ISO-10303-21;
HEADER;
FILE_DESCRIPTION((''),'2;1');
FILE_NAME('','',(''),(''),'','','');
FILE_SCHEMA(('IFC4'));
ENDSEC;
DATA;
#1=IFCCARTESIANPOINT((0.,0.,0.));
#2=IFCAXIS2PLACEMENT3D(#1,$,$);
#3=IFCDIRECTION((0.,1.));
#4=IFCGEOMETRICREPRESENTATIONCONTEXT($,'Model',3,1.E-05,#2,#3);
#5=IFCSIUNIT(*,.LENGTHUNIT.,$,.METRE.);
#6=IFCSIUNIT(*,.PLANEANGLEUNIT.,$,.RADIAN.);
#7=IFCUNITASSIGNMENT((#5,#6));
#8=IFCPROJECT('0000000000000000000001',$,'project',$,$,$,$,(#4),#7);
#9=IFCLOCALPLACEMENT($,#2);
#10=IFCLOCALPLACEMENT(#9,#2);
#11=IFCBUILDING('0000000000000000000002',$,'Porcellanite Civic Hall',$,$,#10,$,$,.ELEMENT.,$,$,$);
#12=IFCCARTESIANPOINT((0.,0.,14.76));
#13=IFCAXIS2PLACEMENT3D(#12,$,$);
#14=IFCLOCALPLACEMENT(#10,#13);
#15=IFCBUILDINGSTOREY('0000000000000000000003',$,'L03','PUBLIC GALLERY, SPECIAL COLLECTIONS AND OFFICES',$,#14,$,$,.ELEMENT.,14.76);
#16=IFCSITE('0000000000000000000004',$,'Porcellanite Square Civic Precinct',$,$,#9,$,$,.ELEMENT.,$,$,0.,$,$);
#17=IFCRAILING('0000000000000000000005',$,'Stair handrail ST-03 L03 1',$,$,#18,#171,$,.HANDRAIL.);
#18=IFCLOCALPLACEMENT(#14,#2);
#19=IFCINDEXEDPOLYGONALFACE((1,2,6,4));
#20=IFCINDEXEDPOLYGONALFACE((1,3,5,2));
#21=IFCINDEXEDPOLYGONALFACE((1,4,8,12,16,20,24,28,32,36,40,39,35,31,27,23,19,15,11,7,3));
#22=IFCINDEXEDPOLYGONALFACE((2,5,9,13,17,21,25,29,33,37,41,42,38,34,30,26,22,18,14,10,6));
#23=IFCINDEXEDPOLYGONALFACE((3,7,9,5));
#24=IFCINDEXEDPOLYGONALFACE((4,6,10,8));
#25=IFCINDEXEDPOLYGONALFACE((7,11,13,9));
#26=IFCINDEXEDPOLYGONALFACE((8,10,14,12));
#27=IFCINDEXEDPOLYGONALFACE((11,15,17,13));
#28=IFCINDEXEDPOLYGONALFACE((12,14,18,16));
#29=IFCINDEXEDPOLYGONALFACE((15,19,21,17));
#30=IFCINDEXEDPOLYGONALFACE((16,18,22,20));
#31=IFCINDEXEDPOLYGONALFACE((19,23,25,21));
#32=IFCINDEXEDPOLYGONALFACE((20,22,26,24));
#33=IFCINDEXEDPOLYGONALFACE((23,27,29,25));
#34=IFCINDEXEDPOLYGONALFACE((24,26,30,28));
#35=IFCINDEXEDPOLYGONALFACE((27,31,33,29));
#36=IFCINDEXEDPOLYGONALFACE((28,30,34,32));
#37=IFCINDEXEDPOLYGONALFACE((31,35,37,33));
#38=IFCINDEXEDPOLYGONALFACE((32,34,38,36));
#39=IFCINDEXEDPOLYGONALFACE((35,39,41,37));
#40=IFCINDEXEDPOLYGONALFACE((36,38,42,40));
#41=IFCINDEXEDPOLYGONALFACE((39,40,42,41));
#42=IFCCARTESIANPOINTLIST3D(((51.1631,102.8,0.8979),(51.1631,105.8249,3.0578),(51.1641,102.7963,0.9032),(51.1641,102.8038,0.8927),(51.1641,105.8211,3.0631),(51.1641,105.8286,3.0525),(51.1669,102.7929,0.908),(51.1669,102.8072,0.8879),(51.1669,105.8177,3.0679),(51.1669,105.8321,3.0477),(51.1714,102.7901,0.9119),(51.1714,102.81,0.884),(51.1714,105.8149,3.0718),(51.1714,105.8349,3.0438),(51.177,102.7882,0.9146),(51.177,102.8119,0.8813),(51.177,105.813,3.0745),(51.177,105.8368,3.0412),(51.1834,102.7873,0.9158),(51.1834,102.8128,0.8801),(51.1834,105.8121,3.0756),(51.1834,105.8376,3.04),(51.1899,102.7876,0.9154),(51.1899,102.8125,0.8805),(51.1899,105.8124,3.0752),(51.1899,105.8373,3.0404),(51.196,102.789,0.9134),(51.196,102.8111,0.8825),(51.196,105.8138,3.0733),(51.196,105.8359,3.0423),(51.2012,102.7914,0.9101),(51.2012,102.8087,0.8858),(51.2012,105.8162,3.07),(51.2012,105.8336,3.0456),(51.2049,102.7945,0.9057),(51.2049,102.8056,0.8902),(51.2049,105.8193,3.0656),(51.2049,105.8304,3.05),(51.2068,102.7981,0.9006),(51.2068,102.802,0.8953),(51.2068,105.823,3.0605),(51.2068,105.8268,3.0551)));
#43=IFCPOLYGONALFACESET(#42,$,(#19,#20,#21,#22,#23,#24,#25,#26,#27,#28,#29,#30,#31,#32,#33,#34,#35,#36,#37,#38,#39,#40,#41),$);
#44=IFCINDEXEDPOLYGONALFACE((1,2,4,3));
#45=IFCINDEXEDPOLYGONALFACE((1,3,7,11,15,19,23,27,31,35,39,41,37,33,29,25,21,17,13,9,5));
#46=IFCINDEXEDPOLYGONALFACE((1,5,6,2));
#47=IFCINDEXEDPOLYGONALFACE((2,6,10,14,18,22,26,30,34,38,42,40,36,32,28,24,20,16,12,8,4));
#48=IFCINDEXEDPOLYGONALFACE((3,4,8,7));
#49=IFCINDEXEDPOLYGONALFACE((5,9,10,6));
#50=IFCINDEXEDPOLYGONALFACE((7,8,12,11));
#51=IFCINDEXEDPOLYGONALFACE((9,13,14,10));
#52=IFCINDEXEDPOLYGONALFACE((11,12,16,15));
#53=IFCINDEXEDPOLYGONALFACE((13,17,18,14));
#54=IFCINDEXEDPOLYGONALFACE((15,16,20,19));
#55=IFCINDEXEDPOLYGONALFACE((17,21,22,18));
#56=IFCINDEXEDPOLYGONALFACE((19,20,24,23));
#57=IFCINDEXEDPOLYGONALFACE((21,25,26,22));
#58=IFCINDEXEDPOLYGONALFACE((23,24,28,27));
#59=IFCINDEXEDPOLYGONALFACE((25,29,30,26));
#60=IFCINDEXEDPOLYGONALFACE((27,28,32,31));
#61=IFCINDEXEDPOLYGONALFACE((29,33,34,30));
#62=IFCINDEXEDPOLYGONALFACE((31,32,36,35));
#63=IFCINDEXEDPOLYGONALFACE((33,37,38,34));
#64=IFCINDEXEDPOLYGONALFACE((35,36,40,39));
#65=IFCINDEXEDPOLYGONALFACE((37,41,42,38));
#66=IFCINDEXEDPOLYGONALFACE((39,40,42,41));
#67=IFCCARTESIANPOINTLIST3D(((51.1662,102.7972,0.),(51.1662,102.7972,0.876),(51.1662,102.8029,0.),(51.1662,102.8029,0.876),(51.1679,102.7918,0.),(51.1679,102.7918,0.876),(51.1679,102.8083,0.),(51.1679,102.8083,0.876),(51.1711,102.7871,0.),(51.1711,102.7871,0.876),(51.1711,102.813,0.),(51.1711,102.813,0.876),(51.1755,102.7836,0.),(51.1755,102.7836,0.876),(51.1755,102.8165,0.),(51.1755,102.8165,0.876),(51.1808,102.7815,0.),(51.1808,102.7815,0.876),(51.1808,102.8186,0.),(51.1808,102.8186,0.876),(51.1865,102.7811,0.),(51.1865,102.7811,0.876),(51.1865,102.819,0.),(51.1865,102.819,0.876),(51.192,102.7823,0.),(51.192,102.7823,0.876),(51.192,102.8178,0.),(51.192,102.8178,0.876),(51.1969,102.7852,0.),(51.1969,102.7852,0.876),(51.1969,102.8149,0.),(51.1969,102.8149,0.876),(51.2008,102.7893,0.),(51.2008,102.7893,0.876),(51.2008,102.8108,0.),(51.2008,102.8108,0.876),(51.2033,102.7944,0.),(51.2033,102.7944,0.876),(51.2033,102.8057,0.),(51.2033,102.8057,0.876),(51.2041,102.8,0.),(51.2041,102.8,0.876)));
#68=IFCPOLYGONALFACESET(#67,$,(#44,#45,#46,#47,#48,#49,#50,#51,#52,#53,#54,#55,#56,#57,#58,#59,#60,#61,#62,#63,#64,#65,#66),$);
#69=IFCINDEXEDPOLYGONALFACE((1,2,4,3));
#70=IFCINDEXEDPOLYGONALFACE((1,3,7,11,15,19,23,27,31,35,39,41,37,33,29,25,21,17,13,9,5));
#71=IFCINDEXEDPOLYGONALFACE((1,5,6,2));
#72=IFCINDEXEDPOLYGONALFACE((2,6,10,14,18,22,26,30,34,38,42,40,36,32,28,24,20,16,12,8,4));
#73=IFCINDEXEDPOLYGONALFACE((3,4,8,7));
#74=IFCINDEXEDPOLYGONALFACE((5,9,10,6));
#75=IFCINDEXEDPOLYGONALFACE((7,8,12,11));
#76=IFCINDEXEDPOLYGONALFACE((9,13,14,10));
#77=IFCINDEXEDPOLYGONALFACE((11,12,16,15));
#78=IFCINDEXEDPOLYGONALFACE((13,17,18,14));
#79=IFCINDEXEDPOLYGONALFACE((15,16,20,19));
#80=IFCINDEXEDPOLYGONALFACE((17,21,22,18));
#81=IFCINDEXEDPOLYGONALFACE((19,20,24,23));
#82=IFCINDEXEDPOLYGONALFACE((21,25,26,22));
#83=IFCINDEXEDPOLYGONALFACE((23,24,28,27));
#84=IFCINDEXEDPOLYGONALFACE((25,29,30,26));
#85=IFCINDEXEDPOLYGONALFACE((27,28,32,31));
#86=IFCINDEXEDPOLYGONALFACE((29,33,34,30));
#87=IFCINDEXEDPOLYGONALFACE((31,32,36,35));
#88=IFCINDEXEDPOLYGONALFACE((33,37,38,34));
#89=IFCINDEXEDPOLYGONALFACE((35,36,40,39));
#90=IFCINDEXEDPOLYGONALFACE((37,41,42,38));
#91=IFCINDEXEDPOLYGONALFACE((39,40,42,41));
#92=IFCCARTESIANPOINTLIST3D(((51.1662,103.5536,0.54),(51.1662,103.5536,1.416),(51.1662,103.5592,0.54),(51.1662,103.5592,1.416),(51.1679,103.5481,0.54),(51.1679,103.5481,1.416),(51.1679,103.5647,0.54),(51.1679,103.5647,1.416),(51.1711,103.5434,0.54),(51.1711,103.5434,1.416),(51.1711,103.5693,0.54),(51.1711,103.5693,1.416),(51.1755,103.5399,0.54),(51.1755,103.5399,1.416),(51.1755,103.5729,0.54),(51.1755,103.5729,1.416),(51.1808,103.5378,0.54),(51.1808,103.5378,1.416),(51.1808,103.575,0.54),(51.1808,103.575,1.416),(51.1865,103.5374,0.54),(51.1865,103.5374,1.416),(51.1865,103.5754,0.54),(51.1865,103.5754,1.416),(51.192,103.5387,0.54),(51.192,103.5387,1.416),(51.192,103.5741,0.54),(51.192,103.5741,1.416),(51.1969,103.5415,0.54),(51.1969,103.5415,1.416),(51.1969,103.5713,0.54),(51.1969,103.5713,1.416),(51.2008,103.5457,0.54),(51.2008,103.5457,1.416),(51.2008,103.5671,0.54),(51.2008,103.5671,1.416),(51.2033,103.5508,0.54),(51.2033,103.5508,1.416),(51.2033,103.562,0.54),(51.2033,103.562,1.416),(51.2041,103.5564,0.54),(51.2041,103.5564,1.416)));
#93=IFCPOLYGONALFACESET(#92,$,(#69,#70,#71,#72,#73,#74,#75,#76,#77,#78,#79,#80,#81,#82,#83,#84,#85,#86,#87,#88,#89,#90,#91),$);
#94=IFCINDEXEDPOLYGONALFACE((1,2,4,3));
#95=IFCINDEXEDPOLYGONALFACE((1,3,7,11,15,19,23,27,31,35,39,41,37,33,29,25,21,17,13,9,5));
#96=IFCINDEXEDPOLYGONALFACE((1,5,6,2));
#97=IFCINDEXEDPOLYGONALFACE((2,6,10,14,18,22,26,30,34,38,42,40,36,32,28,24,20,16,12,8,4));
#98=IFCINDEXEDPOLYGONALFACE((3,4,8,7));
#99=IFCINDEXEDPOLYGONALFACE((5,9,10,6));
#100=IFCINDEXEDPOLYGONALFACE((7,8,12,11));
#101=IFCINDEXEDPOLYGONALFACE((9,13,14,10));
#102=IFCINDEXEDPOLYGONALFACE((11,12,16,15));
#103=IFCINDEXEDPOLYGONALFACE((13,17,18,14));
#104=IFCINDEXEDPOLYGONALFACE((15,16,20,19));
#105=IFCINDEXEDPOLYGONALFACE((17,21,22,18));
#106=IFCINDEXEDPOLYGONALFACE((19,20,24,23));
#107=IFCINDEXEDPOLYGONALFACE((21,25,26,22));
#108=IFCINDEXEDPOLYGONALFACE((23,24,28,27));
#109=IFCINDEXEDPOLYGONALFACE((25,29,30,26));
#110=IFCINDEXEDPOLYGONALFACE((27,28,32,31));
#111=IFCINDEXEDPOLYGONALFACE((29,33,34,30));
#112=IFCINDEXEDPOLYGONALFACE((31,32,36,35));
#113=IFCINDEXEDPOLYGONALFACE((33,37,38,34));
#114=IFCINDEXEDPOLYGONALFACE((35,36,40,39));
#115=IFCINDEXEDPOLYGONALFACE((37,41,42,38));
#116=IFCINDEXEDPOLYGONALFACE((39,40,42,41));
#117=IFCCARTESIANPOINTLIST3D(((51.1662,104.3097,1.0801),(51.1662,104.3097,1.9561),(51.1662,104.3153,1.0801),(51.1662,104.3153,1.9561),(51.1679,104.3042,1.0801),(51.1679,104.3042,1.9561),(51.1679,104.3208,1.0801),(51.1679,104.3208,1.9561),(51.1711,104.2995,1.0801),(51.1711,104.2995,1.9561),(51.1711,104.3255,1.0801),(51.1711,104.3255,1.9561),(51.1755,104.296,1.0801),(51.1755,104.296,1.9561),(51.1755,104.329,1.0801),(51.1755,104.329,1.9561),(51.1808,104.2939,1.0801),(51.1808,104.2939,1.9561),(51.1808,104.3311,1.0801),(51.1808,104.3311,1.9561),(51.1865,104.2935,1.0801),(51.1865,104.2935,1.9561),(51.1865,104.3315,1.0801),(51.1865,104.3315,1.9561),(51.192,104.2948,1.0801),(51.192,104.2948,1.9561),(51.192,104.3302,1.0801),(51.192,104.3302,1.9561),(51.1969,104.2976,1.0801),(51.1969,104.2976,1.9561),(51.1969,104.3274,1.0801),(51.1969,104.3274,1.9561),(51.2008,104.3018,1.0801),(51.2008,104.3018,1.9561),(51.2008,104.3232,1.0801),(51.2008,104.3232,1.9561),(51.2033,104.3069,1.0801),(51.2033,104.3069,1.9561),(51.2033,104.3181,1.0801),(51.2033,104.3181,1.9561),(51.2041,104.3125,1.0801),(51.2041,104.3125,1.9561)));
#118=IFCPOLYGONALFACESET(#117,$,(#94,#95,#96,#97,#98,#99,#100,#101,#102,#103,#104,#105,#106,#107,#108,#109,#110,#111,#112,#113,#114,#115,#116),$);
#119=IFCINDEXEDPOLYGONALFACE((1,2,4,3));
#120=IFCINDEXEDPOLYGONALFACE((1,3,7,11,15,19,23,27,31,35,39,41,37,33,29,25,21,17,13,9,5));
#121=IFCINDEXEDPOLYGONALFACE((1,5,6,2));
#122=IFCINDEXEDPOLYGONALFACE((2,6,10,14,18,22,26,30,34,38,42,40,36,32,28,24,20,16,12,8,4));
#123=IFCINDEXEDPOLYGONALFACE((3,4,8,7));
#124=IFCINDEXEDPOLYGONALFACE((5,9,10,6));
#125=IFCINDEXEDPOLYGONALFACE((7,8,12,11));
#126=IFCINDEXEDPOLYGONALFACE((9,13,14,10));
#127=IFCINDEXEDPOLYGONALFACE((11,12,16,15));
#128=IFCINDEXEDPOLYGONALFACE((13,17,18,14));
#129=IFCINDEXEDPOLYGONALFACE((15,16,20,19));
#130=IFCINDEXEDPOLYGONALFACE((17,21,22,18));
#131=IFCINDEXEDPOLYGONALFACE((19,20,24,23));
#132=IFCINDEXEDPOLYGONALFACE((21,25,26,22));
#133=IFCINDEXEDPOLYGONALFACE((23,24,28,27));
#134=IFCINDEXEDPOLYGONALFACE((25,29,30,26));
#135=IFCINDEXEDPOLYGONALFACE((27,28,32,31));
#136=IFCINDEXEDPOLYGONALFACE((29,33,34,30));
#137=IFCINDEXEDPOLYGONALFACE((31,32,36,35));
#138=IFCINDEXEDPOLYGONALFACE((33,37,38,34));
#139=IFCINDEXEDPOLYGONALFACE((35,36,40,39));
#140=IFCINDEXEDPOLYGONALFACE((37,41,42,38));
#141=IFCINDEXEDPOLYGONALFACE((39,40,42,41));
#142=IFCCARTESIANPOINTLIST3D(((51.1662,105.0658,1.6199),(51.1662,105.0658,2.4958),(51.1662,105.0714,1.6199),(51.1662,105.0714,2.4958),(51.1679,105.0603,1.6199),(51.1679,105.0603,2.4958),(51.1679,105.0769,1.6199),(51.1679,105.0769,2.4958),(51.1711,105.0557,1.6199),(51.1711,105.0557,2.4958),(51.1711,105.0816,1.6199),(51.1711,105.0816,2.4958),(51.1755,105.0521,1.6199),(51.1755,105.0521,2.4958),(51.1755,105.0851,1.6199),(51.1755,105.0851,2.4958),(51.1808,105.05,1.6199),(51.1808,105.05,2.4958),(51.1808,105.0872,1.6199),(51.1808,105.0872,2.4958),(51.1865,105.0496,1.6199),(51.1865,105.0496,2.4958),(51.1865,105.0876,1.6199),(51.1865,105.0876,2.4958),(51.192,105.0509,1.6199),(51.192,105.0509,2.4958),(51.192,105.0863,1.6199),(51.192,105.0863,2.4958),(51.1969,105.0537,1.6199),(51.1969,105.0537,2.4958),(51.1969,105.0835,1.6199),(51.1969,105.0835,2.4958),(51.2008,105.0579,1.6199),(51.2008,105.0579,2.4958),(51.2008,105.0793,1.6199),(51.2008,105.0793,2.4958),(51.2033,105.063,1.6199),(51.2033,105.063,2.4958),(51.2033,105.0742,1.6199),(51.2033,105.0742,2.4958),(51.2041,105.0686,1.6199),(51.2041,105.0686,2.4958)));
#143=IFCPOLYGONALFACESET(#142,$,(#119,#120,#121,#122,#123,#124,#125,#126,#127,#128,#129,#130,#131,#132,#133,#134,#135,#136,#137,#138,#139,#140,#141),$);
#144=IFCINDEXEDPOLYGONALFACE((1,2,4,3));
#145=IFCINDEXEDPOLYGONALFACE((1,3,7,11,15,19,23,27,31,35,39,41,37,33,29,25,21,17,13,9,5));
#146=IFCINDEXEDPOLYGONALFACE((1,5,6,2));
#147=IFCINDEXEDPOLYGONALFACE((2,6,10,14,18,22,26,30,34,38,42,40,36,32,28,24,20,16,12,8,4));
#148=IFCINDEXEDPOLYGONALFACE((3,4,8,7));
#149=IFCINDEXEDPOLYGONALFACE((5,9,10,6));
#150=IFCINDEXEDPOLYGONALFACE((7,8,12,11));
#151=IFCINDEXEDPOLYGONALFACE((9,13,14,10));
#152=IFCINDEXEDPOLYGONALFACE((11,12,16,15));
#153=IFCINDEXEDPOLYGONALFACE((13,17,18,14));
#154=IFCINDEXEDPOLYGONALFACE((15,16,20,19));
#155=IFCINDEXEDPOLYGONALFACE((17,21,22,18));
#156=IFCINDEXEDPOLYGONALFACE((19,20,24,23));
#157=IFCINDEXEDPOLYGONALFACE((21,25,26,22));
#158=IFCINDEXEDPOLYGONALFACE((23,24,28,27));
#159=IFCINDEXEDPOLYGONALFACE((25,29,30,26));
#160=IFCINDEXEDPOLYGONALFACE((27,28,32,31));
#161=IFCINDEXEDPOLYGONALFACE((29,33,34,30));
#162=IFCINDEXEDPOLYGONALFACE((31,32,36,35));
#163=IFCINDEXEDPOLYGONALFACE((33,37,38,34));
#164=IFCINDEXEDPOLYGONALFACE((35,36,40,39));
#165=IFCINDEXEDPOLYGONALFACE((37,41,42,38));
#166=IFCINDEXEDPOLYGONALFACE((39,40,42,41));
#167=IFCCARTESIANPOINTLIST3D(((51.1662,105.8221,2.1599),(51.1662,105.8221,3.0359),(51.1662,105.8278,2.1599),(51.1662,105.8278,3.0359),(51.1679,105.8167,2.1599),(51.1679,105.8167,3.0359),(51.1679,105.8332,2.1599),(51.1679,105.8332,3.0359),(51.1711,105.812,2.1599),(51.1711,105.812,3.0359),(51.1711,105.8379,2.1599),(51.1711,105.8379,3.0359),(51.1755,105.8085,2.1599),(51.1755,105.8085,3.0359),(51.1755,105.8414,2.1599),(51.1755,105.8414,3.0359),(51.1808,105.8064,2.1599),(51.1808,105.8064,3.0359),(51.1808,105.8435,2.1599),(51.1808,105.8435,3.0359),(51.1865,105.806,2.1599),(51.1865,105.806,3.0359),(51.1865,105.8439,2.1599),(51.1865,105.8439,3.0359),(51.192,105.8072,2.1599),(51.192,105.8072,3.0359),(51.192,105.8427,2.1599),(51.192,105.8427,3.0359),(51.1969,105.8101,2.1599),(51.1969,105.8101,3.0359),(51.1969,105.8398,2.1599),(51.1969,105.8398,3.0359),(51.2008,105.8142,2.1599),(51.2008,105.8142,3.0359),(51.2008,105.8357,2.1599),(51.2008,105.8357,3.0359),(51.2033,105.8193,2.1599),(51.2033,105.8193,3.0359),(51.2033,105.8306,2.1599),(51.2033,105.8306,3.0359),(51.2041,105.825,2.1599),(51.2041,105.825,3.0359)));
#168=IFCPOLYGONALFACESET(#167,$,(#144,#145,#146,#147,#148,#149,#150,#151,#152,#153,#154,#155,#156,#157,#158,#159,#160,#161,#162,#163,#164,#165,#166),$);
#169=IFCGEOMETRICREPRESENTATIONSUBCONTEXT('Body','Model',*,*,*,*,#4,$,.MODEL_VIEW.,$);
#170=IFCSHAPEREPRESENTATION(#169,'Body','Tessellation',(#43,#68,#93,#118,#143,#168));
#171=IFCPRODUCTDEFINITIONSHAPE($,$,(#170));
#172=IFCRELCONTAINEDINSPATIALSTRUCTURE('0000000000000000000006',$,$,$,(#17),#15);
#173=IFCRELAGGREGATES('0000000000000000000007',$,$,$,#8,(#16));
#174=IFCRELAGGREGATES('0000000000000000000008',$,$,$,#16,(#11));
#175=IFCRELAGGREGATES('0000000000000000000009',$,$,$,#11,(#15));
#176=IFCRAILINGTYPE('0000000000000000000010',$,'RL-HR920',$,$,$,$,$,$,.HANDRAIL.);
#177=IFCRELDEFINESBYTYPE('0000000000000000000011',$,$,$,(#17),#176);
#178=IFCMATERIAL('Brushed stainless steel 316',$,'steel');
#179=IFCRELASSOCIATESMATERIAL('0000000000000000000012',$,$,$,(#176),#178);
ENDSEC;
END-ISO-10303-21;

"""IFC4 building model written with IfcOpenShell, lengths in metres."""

from ifc_helpers import new_model, si_unit, direction, frame, origin, origin_2d, place, context, subcontext, project, spatial, circle, extrude, material, type_object, element, save


model = new_model("IFC4")

# Units and contexts
model_context = context("Model", 3, precision=1e-05, world=origin(), true_north=direction((0.0, 1.0)))
body_context = subcontext(model_context, "Body", "Model", "MODEL_VIEW")
ifc_project = project(units=[si_unit("LENGTHUNIT", "METRE"), si_unit("PLANEANGLEUNIT", "RADIAN")], contexts=[model_context])

# Site, building, storey
site_placement = place(None, origin())
site = spatial("IfcSite", under=ifc_project, at=site_placement, Name="Porcellanite Square Civic Precinct", CompositionType="ELEMENT", RefElevation=0.0)
building_placement = place(site_placement, origin())
building = spatial("IfcBuilding", under=site, at=building_placement, Name="Porcellanite Civic Hall", CompositionType="ELEMENT")
storey_placement = place(building_placement, frame((0.0, 0.0, 14.76)))
storey = spatial("IfcBuildingStorey", under=building, at=storey_placement, Name="L03", Description="PUBLIC GALLERY, SPECIAL COLLECTIONS AND OFFICES", CompositionType="ELEMENT", Elevation=14.76)

# Railing
ifc_material_1 = material(Name="Brushed stainless steel 316", Category="steel")
railing_type_1 = type_object("IfcRailingType", Name="RL-HR920", PredefinedType="HANDRAIL", material=ifc_material_1)
railing_1_placement = place(storey_placement, frame((51.1851, 102.8, 0.0)))
element("IfcRailing", 1, at=railing_1_placement, inside=storey, type_object=railing_type_1, Name="Stair handrail ST-03 L03 1", PredefinedType="HANDRAIL", context=body_context, shape_type="SweptSolid", body=[
    extrude(circle(Radius=0.022, at=origin_2d()), frame((0.0, 0.0, 0.8979), z_axis=(0.0, 0.813827, 0.581108), x_axis=(-1.0, 0.0, 0.0)), (0.0, 0.0, 1.0), 3.7168),
    extrude(circle(Radius=0.019, at=origin_2d()), origin(), (0.0, 0.0, 1.0), 0.876),
    extrude(circle(Radius=0.019, at=origin_2d()), frame((0.0, 0.7563, 0.54)), (0.0, 0.0, 1.0), 0.876),
    extrude(circle(Radius=0.019, at=origin_2d()), frame((0.0, 1.5125, 1.0801)), (0.0, 0.0, 1.0), 0.876),
    extrude(circle(Radius=0.019, at=origin_2d()), frame((0.0, 2.2686, 1.6199)), (0.0, 0.0, 1.0), 0.876),
    extrude(circle(Radius=0.019, at=origin_2d()), frame((0.0, 3.0249, 2.1599)), (0.0, 0.0, 1.0), 0.876),
])

save(model, "model.ifc")
